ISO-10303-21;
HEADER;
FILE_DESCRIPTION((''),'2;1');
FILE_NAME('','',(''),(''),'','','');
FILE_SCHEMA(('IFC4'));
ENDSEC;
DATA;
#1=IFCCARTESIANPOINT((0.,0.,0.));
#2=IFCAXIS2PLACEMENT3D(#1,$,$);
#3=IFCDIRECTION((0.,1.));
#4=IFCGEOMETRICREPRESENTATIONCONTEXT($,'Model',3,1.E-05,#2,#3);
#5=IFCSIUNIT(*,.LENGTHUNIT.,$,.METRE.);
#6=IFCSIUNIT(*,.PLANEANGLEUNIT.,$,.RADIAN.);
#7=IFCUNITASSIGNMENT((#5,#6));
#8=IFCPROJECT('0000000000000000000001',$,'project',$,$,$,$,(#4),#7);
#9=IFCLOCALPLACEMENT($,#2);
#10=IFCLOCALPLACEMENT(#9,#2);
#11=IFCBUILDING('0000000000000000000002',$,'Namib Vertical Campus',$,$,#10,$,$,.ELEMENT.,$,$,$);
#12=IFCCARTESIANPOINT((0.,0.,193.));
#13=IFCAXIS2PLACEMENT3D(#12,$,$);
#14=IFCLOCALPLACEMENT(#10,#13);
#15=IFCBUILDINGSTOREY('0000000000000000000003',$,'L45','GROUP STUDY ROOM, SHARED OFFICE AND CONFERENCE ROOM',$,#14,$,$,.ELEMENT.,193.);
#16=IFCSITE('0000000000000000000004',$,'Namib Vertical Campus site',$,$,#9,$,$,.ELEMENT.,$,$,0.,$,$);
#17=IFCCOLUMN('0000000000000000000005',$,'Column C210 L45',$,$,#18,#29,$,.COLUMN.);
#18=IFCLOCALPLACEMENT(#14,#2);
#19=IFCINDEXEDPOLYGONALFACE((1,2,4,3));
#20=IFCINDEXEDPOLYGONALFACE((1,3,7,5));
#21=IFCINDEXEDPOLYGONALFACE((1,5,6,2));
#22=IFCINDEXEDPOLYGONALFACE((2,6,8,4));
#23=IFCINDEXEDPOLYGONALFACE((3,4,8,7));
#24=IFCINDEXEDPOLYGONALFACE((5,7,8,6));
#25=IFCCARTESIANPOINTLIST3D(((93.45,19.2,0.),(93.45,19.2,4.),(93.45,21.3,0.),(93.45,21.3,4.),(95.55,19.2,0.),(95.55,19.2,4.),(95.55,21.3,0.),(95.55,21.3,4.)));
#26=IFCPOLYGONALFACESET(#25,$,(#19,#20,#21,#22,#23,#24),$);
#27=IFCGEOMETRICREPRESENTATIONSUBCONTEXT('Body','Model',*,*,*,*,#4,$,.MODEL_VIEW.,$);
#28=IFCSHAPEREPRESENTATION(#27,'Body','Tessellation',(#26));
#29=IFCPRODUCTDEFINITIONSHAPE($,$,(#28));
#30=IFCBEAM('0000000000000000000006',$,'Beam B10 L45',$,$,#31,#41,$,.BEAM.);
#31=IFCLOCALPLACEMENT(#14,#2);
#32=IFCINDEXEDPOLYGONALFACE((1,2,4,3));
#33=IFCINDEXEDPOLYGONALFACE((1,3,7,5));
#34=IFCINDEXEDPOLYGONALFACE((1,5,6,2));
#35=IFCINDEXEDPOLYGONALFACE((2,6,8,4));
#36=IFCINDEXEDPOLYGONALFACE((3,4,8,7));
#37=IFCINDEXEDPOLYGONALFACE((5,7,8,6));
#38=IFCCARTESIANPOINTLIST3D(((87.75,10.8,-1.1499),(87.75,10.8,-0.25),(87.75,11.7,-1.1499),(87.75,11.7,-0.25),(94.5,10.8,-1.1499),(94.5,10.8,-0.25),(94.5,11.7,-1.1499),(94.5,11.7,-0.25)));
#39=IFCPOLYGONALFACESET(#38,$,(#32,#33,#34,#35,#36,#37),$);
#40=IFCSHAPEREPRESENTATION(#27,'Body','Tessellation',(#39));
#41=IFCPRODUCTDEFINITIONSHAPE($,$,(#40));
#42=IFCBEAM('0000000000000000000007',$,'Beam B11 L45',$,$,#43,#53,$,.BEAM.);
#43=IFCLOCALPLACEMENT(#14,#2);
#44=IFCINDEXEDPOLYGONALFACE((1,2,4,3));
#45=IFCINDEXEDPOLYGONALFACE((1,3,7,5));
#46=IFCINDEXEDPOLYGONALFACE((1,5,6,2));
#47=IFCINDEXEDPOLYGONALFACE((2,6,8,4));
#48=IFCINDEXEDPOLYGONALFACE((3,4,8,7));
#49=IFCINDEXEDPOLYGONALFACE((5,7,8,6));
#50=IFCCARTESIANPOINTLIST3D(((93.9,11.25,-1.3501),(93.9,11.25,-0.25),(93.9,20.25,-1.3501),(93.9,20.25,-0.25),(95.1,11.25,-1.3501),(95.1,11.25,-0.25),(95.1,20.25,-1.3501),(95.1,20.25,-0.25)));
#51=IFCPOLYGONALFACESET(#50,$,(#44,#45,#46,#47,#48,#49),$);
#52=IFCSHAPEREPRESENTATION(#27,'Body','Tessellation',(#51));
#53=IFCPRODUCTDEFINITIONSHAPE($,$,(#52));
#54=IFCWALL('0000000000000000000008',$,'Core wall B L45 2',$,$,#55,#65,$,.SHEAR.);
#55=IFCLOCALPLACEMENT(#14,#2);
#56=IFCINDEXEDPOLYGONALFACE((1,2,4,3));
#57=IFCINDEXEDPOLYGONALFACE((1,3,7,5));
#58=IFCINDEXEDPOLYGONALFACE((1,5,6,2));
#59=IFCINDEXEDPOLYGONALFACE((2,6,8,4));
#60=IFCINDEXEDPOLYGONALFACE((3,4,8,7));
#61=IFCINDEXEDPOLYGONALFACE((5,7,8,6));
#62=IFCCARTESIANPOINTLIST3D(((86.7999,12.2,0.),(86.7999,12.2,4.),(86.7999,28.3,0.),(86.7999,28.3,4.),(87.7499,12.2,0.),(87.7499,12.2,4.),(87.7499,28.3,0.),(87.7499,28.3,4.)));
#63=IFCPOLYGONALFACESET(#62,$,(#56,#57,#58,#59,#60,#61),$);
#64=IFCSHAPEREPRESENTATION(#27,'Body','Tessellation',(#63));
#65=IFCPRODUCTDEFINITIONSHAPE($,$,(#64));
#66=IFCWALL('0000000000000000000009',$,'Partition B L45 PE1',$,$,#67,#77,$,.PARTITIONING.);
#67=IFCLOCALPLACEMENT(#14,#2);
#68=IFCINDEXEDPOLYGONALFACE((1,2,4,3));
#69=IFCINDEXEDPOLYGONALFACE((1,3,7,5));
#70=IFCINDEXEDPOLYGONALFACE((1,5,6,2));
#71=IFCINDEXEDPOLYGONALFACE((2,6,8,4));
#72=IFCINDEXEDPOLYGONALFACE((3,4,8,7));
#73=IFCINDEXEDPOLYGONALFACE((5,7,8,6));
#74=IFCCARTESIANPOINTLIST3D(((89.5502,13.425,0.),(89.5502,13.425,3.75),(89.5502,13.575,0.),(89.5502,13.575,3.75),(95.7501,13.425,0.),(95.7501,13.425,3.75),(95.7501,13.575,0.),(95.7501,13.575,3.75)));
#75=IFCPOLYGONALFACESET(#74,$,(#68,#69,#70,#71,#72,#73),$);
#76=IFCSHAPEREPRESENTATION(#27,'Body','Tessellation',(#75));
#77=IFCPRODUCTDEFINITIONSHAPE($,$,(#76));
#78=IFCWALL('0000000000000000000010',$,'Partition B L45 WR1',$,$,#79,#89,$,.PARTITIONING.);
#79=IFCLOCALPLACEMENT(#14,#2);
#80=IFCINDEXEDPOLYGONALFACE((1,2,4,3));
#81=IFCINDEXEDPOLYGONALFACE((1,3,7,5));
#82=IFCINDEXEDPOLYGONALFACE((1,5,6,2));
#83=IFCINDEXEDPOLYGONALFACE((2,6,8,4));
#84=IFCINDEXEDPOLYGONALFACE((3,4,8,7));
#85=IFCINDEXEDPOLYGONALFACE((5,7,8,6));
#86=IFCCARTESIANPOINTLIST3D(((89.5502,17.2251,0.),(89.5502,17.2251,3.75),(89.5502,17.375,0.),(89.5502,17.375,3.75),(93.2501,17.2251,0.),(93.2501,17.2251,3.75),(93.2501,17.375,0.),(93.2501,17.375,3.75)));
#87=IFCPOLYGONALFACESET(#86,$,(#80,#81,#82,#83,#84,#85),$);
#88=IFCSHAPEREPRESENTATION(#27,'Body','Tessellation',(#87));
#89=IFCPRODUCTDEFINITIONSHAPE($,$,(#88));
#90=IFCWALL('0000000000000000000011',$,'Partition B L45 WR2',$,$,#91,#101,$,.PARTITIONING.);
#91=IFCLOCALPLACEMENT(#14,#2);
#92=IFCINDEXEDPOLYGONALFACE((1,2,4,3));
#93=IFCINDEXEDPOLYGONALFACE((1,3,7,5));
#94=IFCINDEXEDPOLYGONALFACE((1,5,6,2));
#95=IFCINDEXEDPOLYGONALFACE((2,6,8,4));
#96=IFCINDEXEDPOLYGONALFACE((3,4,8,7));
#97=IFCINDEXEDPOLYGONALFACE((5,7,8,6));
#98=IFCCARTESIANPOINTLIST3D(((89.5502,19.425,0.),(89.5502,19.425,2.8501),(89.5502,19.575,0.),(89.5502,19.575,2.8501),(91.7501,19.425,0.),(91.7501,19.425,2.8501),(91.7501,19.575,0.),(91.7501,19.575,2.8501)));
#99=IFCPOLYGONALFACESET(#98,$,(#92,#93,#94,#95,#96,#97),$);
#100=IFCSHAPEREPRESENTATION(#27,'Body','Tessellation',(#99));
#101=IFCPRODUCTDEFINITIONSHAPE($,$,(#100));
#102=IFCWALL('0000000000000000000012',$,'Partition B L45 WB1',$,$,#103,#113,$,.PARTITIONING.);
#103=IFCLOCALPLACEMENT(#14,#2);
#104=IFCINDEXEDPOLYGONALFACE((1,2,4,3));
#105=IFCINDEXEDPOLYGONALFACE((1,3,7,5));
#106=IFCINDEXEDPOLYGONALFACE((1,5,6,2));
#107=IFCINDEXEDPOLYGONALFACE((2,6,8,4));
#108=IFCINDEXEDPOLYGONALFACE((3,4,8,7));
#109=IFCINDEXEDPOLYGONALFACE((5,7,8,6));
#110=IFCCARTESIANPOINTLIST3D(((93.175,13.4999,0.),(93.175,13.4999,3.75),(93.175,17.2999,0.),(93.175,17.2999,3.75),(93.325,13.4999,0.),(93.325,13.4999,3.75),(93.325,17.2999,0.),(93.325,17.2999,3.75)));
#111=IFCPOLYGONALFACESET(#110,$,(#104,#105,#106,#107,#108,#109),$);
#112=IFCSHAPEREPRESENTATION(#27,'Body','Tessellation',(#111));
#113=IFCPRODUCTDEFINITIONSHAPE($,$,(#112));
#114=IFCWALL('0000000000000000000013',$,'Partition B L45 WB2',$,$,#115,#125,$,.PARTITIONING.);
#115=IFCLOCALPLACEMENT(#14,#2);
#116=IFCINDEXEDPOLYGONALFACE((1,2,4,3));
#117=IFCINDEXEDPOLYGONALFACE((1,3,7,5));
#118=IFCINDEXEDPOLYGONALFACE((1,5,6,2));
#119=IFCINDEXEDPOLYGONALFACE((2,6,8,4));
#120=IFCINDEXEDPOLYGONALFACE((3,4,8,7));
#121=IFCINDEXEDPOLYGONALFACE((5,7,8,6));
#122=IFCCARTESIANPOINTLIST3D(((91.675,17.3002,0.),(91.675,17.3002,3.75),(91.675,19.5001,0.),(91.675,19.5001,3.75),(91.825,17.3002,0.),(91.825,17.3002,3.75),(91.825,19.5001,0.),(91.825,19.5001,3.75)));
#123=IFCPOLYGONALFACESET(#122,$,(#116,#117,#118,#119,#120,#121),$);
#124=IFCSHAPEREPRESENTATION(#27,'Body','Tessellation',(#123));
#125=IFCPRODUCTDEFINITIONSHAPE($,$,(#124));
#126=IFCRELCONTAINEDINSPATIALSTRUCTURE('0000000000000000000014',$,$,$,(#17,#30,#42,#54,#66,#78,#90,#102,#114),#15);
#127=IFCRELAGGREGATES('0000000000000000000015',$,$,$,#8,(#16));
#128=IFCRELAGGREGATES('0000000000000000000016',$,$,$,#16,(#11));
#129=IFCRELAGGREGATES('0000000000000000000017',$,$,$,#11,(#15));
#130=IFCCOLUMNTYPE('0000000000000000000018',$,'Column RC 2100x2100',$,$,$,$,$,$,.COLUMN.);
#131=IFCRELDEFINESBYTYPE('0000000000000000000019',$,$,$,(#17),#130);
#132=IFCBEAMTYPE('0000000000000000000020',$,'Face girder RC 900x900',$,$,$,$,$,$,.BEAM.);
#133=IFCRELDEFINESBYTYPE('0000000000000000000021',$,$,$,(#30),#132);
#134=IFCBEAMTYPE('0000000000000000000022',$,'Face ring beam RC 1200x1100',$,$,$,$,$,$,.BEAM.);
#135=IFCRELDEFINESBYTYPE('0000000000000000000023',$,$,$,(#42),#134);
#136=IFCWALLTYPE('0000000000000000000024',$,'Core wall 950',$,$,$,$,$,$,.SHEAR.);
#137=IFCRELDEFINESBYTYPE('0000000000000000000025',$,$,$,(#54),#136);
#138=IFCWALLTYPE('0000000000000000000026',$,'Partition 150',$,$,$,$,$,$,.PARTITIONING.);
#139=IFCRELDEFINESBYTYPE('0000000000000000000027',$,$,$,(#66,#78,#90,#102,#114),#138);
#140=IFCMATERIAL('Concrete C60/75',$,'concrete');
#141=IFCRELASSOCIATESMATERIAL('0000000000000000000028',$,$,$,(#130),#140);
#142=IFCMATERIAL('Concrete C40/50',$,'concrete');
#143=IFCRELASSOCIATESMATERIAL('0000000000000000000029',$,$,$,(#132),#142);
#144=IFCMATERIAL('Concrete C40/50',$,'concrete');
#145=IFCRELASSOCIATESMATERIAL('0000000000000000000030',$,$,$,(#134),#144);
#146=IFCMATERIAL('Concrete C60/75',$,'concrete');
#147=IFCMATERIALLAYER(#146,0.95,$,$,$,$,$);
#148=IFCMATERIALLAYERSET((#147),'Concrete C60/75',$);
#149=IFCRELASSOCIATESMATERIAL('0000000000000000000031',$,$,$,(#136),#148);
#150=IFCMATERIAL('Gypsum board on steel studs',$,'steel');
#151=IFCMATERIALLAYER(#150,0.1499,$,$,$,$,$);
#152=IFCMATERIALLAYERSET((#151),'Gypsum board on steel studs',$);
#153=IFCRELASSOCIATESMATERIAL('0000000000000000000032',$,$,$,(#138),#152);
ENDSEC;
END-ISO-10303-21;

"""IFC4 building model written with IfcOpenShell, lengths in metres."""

from ifc_helpers import new_model, si_unit, direction, frame, frame_2d, origin, origin_2d, place, context, subcontext, project, spatial, rectangle, extrude, material, layer, layer_set, material_profile, profile_set, type_object, element, save


model = new_model("IFC4")

# Units and contexts
model_context = context("Model", 3, precision=1e-05, world=origin(), true_north=direction((0.0, 1.0)))
body_context = subcontext(model_context, "Body", "Model", "MODEL_VIEW")
ifc_project = project(units=[si_unit("LENGTHUNIT", "METRE"), si_unit("PLANEANGLEUNIT", "RADIAN")], contexts=[model_context])

# Site, building, storey
site_placement = place(None, origin())
site = spatial("IfcSite", under=ifc_project, at=site_placement, Name="Namib Vertical Campus site", CompositionType="ELEMENT", RefElevation=0.0)
building_placement = place(site_placement, origin())
building = spatial("IfcBuilding", under=site, at=building_placement, Name="Namib Vertical Campus", CompositionType="ELEMENT")
storey_placement = place(building_placement, frame((0.0, 0.0, 193.0)))
storey = spatial("IfcBuildingStorey", under=building, at=storey_placement, Name="L45", Description="GROUP STUDY ROOM, SHARED OFFICE AND CONFERENCE ROOM", CompositionType="ELEMENT", Elevation=193.0)

# Column
ifc_material_1 = material(Name="Concrete C60/75", Category="concrete")
ifc_material_profile_1 = material_profile(ifc_material_1, rectangle(XDim=2.1001, YDim=2.1001, at=origin_2d()))
ifc_profile_set_1 = profile_set([ifc_material_profile_1], Name="Concrete C60/75")
column_type = type_object("IfcColumnType", Name="Column RC 2100x2100", PredefinedType="COLUMN", material=ifc_profile_set_1)
column_placement = place(storey_placement, frame((94.5, 20.25, 0.0), z_axis=(0.0, 0.0, 1.0), x_axis=(1.0, 0.0, 0.0)))
element("IfcColumn", 1, at=column_placement, inside=storey, type_object=column_type, Name="Column C210 L45", PredefinedType="COLUMN", context=body_context, shape_type="SweptSolid", body=[
    extrude(rectangle(XDim=2.1001, YDim=2.1001, at=origin_2d()), origin(), (0.0, 0.0, 1.0), 4.0),
])

# Beams
ifc_material_2 = material(Name="Concrete C40/50", Category="concrete")
ifc_material_profile_2 = material_profile(ifc_material_2, rectangle(XDim=0.8999, YDim=0.8999, at=origin_2d()))
ifc_profile_set_2 = profile_set([ifc_material_profile_2], Name="Concrete C40/50")
beam_type_1 = type_object("IfcBeamType", Name="Face girder RC 900x900", PredefinedType="BEAM", material=ifc_profile_set_2)
beam_1_placement = place(storey_placement, frame((94.5, 11.25, -0.7), z_axis=(-1.0, 0.0, 0.0), x_axis=(0.0, -1.0, 0.0)))
element("IfcBeam", 2, at=beam_1_placement, inside=storey, type_object=beam_type_1, Name="Beam B10 L45", PredefinedType="BEAM", context=body_context, shape_type="SweptSolid", body=[
    extrude(rectangle(XDim=0.8999, YDim=0.8999, at=origin_2d()), origin(), (0.0, 0.0, 1.0), 6.75),
])
ifc_material_3 = material(Name="Concrete C40/50", Category="concrete")
ifc_material_profile_3 = material_profile(ifc_material_3, rectangle(XDim=1.2, YDim=1.1001, at=origin_2d()))
ifc_profile_set_3 = profile_set([ifc_material_profile_3], Name="Concrete C40/50")
beam_type_2 = type_object("IfcBeamType", Name="Face ring beam RC 1200x1100", PredefinedType="BEAM", material=ifc_profile_set_3)
beam_2_placement = place(storey_placement, frame((94.5, 11.25, -0.8), z_axis=(0.0, 1.0, 0.0), x_axis=(-1.0, 0.0, 0.0)))
element("IfcBeam", 3, at=beam_2_placement, inside=storey, type_object=beam_type_2, Name="Beam B11 L45", PredefinedType="BEAM", context=body_context, shape_type="SweptSolid", body=[
    extrude(rectangle(XDim=1.2, YDim=1.1001, at=origin_2d()), origin(), (0.0, 0.0, 1.0), 9.0),
])

# Walls
ifc_material_4 = material(Name="Concrete C60/75", Category="concrete")
ifc_layer_1 = layer(ifc_material_4, 0.95)
ifc_layer_set_1 = layer_set([ifc_layer_1], Name="Concrete C60/75")
wall_type_1 = type_object("IfcWallType", Name="Core wall 950", PredefinedType="SHEAR", material=ifc_layer_set_1)
wall_1_placement = place(storey_placement, frame((87.2749, 12.2, 0.0), z_axis=(0.0, 0.0, 1.0), x_axis=(0.0, 1.0, 0.0)))
element("IfcWall", 4, at=wall_1_placement, inside=storey, type_object=wall_type_1, Name="Core wall B L45 2", PredefinedType="SHEAR", context=body_context, shape_type="SweptSolid", body=[
    extrude(rectangle(XDim=16.1001, YDim=0.95, at=frame_2d((8.05, 0.0))), origin(), (0.0, 0.0, 1.0), 4.0),
])
ifc_material_5 = material(Name="Gypsum board on steel studs", Category="steel")
ifc_layer_2 = layer(ifc_material_5, 0.1499)
ifc_layer_set_2 = layer_set([ifc_layer_2], Name="Gypsum board on steel studs")
wall_type_2 = type_object("IfcWallType", Name="Partition 150", PredefinedType="PARTITIONING", material=ifc_layer_set_2)
wall_2_placement = place(storey_placement, frame((89.55, 13.5, 0.0), z_axis=(0.0, 0.0, 1.0), x_axis=(1.0, 0.0, 0.0)))
element("IfcWall", 5, at=wall_2_placement, inside=storey, type_object=wall_type_2, Name="Partition B L45 PE1", PredefinedType="PARTITIONING", context=body_context, shape_type="SweptSolid", body=[
    extrude(rectangle(XDim=6.2, YDim=0.1499, at=frame_2d((3.1001, 0.0))), origin(), (0.0, 0.0, 1.0), 3.75),
])
wall_3_placement = place(storey_placement, frame((89.55, 17.3, 0.0), z_axis=(0.0, 0.0, 1.0), x_axis=(1.0, 0.0, 0.0)))
element("IfcWall", 6, at=wall_3_placement, inside=storey, type_object=wall_type_2, Name="Partition B L45 WR1", PredefinedType="PARTITIONING", context=body_context, shape_type="SweptSolid", body=[
    extrude(rectangle(XDim=3.7, YDim=0.1499, at=frame_2d((1.8501, 0.0))), origin(), (0.0, 0.0, 1.0), 3.75),
])
wall_4_placement = place(storey_placement, frame((89.55, 19.5, 0.0), z_axis=(0.0, 0.0, 1.0), x_axis=(1.0, 0.0, 0.0)))
element("IfcWall", 7, at=wall_4_placement, inside=storey, type_object=wall_type_2, Name="Partition B L45 WR2", PredefinedType="PARTITIONING", context=body_context, shape_type="SweptSolid", body=[
    extrude(rectangle(XDim=2.2, YDim=0.1499, at=frame_2d((1.1001, 0.0))), origin(), (0.0, 0.0, 1.0), 2.8501),
])
wall_5_placement = place(storey_placement, frame((93.25, 13.5, 0.0), z_axis=(0.0, 0.0, 1.0), x_axis=(0.0, 1.0, 0.0)))
element("IfcWall", 8, at=wall_5_placement, inside=storey, type_object=wall_type_2, Name="Partition B L45 WB1", PredefinedType="PARTITIONING", context=body_context, shape_type="SweptSolid", body=[
    extrude(rectangle(XDim=3.8, YDim=0.1499, at=frame_2d((1.8999, 0.0))), origin(), (0.0, 0.0, 1.0), 3.75),
])
wall_6_placement = place(storey_placement, frame((91.75, 17.3, 0.0), z_axis=(0.0, 0.0, 1.0), x_axis=(0.0, 1.0, 0.0)))
element("IfcWall", 9, at=wall_6_placement, inside=storey, type_object=wall_type_2, Name="Partition B L45 WB2", PredefinedType="PARTITIONING", context=body_context, shape_type="SweptSolid", body=[
    extrude(rectangle(XDim=2.2, YDim=0.1499, at=frame_2d((1.1001, 0.0))), origin(), (0.0, 0.0, 1.0), 3.75),
])

save(model, "model.ifc")
